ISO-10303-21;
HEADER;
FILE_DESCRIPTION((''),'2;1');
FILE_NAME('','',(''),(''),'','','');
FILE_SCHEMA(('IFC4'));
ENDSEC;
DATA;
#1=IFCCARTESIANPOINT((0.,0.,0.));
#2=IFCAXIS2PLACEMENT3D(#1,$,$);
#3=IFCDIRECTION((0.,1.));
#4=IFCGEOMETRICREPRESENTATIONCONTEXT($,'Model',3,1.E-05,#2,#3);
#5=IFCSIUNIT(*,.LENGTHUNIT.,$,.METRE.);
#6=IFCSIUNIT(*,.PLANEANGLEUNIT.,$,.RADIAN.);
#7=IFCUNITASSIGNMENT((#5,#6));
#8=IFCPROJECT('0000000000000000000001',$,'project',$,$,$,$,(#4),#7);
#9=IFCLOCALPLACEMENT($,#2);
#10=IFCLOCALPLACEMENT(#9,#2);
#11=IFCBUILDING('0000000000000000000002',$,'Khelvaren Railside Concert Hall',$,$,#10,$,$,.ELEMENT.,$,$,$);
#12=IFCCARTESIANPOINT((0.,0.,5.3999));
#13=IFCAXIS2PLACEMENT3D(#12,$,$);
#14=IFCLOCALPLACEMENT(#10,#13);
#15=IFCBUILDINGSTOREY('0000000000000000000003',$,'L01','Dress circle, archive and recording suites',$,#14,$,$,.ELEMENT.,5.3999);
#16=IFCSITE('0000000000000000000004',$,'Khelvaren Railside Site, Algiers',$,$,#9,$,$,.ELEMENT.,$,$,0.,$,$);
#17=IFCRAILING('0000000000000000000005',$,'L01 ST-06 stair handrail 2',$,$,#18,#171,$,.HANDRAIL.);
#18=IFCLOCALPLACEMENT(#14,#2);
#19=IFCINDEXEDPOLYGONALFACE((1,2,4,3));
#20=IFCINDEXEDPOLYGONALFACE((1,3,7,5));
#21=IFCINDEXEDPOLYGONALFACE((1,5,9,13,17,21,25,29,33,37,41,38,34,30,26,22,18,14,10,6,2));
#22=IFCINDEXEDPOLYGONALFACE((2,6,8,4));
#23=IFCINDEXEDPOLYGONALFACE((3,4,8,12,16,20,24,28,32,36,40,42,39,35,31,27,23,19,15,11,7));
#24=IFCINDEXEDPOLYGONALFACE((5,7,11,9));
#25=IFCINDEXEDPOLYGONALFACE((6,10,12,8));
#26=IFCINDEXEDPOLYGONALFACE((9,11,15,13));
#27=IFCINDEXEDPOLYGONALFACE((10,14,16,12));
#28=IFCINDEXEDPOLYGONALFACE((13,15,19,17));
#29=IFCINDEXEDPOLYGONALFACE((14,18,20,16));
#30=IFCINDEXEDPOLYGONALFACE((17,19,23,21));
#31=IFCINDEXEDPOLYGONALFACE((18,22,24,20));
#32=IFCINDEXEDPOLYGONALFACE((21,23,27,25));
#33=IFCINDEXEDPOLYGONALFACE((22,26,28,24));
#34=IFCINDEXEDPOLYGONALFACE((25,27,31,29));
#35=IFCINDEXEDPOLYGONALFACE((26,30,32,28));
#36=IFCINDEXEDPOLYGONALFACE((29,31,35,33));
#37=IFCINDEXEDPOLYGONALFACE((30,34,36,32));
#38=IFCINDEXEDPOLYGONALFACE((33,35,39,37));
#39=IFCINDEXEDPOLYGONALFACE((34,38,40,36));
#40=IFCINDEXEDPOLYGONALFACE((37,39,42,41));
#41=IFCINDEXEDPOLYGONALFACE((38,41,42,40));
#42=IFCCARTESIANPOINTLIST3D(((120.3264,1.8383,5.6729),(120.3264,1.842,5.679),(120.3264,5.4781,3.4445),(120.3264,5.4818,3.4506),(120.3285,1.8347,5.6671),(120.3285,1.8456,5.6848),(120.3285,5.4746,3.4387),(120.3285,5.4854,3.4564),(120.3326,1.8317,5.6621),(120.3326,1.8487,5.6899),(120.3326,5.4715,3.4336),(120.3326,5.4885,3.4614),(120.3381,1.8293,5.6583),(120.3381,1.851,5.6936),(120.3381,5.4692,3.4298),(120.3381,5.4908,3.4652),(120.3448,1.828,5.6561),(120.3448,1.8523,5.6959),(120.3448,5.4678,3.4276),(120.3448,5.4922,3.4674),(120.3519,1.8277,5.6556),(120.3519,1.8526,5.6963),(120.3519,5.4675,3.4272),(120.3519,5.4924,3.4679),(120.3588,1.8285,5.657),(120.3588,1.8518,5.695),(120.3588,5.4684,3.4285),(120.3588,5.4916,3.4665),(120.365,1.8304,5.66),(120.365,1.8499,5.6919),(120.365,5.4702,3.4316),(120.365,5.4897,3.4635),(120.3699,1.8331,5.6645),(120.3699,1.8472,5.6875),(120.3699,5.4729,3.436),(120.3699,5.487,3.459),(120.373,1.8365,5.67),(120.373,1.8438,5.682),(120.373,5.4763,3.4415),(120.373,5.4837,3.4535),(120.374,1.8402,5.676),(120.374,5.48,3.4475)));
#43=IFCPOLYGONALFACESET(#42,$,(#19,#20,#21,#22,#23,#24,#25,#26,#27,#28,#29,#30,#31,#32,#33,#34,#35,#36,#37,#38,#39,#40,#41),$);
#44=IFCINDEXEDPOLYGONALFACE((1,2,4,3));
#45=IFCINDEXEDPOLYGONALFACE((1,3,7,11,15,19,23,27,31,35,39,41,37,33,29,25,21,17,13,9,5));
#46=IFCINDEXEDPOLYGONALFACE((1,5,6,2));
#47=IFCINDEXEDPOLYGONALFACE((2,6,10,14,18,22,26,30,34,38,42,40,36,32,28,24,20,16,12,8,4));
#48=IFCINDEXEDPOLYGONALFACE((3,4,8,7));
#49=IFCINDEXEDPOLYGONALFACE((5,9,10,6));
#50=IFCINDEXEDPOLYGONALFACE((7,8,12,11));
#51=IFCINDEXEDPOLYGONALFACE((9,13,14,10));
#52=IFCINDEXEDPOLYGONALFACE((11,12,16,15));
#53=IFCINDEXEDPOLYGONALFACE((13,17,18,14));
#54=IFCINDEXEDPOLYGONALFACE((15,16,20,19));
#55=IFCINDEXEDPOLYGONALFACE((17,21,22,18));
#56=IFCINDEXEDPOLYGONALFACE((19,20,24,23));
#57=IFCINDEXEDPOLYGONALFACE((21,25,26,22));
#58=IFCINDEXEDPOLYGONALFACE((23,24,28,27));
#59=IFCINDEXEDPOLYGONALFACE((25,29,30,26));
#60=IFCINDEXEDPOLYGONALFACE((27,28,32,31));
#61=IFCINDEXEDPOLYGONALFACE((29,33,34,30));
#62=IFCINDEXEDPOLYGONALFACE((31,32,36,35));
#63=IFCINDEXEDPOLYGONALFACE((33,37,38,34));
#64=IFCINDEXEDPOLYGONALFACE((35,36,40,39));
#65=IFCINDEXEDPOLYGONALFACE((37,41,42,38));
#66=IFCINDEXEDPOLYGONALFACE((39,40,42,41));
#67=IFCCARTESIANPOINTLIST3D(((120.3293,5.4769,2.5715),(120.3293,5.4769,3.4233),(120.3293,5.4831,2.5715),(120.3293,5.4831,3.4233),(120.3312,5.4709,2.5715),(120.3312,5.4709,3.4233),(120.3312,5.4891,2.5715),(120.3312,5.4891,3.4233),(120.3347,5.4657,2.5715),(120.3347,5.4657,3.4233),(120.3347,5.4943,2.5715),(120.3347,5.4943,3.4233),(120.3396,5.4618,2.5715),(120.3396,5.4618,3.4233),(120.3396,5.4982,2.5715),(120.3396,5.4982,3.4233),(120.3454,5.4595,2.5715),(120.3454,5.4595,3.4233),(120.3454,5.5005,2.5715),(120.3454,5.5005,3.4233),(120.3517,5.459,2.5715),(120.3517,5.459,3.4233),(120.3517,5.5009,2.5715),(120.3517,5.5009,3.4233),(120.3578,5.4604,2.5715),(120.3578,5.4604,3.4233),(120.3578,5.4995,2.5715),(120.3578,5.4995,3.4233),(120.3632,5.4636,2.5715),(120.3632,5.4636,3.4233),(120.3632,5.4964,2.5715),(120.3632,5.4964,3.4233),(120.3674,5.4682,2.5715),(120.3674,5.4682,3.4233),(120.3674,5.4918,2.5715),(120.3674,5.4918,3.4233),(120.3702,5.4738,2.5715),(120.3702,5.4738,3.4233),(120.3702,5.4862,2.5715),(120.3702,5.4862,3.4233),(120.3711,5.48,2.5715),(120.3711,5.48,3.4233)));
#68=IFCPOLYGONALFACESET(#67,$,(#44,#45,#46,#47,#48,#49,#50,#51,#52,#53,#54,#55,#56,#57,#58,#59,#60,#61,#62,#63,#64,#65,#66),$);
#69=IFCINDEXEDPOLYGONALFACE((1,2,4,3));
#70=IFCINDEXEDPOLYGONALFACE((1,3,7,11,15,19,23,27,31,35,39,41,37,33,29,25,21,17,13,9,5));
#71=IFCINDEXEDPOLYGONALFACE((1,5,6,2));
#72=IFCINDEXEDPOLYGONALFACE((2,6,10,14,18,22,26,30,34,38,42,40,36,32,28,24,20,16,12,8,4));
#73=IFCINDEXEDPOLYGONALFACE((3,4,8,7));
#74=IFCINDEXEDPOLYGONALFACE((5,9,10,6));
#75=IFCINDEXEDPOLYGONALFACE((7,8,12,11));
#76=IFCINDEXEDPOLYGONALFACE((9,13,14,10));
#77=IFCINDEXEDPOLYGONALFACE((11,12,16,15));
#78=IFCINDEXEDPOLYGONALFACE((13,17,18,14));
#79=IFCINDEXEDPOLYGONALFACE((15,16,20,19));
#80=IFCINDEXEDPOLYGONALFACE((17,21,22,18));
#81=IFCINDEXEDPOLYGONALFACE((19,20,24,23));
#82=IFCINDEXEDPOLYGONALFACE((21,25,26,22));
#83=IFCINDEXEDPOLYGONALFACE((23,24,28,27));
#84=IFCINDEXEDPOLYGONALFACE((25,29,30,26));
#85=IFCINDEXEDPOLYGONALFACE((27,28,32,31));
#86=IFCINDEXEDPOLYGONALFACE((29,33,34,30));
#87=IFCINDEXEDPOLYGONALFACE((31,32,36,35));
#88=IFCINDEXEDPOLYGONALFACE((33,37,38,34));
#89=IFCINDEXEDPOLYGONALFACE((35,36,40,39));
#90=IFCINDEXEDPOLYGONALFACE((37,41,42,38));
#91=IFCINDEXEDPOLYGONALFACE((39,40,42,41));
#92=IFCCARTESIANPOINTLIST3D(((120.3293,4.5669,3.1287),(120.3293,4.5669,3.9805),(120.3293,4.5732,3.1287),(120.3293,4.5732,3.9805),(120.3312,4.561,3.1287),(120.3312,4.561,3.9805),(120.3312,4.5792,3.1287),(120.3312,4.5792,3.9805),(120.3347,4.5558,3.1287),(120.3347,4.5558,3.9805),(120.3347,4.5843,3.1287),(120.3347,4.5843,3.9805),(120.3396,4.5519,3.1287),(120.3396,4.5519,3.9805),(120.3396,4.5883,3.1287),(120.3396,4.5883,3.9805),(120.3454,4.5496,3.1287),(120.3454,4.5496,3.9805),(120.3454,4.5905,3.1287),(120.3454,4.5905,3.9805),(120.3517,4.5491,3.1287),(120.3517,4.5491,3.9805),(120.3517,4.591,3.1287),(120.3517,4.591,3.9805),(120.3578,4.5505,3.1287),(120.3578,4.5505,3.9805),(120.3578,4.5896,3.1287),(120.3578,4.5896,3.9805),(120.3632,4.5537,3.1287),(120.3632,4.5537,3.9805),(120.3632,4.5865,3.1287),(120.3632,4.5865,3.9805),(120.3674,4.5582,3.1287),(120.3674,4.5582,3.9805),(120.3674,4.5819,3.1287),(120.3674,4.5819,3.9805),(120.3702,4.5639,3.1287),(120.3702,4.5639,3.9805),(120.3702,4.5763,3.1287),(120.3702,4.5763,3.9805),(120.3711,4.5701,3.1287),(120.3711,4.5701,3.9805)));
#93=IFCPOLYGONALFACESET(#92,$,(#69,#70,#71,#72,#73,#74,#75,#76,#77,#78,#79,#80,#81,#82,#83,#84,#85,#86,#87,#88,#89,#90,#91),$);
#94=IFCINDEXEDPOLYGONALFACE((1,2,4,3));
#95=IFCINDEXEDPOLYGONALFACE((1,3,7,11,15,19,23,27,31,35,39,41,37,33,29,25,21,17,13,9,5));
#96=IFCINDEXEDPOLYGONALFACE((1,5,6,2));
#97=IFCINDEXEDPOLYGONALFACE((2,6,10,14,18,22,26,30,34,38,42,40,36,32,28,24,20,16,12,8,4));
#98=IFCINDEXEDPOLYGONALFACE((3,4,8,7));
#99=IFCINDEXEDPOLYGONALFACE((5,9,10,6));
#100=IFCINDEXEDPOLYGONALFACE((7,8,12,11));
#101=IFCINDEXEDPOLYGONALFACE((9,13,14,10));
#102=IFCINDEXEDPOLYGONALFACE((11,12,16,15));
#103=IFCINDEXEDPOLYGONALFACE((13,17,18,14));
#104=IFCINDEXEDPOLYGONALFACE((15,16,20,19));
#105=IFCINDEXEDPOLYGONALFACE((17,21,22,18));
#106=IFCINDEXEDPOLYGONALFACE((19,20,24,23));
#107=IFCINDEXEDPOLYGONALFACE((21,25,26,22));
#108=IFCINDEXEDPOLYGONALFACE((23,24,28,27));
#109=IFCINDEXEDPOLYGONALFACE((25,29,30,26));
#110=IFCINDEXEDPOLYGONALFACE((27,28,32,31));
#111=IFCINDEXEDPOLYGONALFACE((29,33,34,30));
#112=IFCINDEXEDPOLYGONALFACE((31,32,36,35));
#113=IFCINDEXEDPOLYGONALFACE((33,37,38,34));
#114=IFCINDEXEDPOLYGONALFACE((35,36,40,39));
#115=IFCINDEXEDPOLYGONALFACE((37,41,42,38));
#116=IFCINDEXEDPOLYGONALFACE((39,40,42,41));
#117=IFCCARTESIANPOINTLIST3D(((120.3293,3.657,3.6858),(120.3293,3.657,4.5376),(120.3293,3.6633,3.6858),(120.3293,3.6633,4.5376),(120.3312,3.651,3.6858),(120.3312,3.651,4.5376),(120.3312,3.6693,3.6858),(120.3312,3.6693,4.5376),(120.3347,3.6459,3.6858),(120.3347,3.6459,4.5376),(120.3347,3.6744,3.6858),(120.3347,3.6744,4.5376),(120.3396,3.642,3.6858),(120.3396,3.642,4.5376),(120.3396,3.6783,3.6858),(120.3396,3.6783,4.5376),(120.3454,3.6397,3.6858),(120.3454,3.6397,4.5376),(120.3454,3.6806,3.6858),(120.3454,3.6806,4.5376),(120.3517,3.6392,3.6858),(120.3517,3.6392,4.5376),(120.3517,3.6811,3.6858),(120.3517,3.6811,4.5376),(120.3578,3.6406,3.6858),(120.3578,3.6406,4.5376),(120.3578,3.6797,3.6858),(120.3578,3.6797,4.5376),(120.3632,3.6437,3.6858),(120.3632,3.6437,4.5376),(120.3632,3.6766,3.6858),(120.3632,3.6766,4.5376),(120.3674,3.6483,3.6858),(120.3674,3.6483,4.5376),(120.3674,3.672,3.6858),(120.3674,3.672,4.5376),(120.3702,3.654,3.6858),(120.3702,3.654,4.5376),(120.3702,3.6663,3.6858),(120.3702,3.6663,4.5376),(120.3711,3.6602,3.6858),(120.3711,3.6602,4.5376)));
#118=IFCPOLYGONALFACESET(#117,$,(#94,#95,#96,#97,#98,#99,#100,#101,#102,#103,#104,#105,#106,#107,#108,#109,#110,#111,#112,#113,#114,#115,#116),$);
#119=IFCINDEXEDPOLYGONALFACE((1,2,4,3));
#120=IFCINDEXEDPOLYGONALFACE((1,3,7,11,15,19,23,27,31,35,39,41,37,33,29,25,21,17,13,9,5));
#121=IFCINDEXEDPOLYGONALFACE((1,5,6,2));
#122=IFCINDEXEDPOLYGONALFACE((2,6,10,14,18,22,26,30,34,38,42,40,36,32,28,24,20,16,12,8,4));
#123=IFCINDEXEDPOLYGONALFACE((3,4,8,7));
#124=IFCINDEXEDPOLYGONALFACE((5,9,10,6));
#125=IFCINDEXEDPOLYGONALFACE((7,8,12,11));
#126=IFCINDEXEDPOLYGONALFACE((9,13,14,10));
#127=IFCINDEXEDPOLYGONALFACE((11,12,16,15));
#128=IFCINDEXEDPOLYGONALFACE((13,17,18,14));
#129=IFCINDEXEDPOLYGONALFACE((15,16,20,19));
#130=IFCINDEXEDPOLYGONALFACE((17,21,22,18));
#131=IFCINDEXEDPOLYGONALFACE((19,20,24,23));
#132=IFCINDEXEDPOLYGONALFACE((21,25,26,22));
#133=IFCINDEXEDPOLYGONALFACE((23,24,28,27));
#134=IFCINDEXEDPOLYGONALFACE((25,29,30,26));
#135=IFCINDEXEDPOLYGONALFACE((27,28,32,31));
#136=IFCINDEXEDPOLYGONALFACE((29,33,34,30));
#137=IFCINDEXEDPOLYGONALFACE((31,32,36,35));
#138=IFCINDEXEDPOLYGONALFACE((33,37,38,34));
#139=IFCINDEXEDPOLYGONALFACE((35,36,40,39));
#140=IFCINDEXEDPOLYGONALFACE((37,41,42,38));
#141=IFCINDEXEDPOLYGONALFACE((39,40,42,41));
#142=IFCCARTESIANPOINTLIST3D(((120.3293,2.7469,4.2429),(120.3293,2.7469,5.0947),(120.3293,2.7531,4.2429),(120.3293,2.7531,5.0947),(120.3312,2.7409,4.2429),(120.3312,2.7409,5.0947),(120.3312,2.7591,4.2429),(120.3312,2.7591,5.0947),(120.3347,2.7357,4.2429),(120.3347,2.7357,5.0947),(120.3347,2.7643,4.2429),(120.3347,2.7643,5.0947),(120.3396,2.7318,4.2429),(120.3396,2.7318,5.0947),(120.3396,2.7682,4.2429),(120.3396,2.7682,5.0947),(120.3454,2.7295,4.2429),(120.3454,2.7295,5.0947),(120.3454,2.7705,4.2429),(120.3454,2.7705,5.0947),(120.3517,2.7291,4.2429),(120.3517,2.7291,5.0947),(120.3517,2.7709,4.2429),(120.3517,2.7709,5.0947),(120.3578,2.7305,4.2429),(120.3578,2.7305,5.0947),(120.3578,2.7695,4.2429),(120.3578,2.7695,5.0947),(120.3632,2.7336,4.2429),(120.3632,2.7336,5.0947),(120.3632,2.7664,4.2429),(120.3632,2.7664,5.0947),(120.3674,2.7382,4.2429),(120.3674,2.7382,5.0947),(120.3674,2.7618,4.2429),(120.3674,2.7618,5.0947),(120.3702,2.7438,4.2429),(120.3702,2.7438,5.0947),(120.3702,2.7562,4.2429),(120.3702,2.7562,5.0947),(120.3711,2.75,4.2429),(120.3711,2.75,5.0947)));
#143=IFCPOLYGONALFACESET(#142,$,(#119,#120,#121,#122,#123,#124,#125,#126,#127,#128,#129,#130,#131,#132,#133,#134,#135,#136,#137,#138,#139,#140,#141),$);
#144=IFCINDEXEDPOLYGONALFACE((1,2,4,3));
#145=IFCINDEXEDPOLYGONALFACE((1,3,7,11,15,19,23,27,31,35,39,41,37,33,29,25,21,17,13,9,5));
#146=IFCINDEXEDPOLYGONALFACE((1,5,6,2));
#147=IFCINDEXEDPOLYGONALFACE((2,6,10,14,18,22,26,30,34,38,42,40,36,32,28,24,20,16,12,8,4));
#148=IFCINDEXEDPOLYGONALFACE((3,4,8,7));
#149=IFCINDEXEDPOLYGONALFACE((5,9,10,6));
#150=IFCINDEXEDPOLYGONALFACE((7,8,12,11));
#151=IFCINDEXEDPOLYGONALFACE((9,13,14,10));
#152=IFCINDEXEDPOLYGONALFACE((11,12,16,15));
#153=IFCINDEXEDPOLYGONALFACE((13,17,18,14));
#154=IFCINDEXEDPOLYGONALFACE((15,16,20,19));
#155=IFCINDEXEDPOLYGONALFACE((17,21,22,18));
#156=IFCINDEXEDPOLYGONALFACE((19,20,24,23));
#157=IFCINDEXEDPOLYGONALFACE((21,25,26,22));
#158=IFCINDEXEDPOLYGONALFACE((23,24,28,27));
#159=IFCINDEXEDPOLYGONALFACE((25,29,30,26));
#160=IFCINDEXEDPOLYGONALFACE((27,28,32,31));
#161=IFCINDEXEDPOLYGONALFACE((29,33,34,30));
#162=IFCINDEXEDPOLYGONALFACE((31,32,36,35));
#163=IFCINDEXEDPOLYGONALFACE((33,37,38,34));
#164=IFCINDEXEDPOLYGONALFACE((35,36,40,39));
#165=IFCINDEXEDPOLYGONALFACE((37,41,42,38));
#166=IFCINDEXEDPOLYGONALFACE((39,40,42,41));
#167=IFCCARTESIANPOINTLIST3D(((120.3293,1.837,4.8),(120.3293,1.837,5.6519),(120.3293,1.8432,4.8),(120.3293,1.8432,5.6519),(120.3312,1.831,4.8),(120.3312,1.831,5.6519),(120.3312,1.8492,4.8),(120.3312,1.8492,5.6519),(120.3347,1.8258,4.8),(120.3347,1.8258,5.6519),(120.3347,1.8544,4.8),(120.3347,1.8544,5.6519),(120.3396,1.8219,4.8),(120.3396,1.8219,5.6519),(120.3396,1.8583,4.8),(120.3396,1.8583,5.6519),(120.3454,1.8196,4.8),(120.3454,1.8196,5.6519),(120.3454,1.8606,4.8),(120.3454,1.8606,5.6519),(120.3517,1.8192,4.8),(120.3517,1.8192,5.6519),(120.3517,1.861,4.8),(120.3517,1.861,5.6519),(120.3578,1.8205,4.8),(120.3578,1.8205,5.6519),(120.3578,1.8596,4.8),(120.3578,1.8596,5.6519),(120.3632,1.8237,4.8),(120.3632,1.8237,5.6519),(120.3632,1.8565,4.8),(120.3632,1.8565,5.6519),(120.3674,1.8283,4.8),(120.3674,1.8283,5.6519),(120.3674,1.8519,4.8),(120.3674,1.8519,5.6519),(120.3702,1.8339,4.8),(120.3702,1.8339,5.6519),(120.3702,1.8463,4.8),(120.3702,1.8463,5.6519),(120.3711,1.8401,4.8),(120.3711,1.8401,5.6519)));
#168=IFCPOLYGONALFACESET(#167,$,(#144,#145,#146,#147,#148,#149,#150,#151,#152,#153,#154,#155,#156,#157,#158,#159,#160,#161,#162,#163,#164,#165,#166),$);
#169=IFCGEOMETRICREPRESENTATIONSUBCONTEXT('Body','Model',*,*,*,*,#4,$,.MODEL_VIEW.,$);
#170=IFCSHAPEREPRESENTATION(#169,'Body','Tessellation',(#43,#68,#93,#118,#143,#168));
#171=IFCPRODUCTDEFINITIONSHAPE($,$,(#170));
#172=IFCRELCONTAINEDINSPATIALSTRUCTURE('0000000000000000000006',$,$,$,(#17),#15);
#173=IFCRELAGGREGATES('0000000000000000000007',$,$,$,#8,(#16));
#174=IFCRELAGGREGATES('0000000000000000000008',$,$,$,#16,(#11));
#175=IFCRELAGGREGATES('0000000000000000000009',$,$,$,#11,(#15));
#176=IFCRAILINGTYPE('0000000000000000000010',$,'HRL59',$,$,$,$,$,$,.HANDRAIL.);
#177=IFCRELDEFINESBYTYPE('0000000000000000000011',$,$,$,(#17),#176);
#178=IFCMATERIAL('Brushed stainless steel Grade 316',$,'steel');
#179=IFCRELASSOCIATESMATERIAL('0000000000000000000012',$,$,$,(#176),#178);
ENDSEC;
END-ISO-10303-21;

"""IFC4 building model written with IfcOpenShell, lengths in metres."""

from ifc_helpers import new_model, si_unit, direction, frame, origin, origin_2d, place, context, subcontext, project, spatial, circle, extrude, material, type_object, element, save


model = new_model("IFC4")

# Units and contexts
model_context = context("Model", 3, precision=1e-05, world=origin(), true_north=direction((0.0, 1.0)))
body_context = subcontext(model_context, "Body", "Model", "MODEL_VIEW")
ifc_project = project(units=[si_unit("LENGTHUNIT", "METRE"), si_unit("PLANEANGLEUNIT", "RADIAN")], contexts=[model_context])

# Site, building, storey
site_placement = place(None, origin())
site = spatial("IfcSite", under=ifc_project, at=site_placement, Name="Khelvaren Railside Site, Algiers", CompositionType="ELEMENT", RefElevation=0.0)
building_placement = place(site_placement, origin())
building = spatial("IfcBuilding", under=site, at=building_placement, Name="Khelvaren Railside Concert Hall", CompositionType="ELEMENT")
storey_placement = place(building_placement, frame((0.0, 0.0, 5.3999)))
storey = spatial("IfcBuildingStorey", under=building, at=storey_placement, Name="L01", Description="Dress circle, archive and recording suites", CompositionType="ELEMENT", Elevation=5.3999)

# Railing
ifc_material_1 = material(Name="Brushed stainless steel Grade 316", Category="steel")
railing_type_1 = type_object("IfcRailingType", Name="HRL59", PredefinedType="HANDRAIL", material=ifc_material_1)
railing_1_placement = place(storey_placement, frame((120.3501, 5.48, 2.5715)))
element("IfcRailing", 1, at=railing_1_placement, inside=storey, type_object=railing_type_1, Name="L01 ST-06 stair handrail 2", PredefinedType="HANDRAIL", context=body_context, shape_type="SweptSolid", body=[
    extrude(circle(Radius=0.0239, at=origin_2d()), frame((0.0, 0.0, 0.876), z_axis=(0.0, -0.85285, 0.522156), x_axis=(1.0, 0.0, 0.0)), (0.0, 0.0, 1.0), 4.2678),
    extrude(circle(Radius=0.021, at=origin_2d()), origin(), (0.0, 0.0, 1.0), 0.8518),
    extrude(circle(Radius=0.021, at=origin_2d()), frame((0.0, -0.9099, 0.5571)), (0.0, 0.0, 1.0), 0.8518),
    extrude(circle(Radius=0.021, at=origin_2d()), frame((0.0, -1.8198, 1.1143)), (0.0, 0.0, 1.0), 0.8518),
    extrude(circle(Radius=0.021, at=origin_2d()), frame((0.0, -2.73, 1.6714)), (0.0, 0.0, 1.0), 0.8518),
    extrude(circle(Radius=0.021, at=origin_2d()), frame((0.0, -3.6399, 2.2285)), (0.0, 0.0, 1.0), 0.8518),
])

save(model, "model.ifc")
